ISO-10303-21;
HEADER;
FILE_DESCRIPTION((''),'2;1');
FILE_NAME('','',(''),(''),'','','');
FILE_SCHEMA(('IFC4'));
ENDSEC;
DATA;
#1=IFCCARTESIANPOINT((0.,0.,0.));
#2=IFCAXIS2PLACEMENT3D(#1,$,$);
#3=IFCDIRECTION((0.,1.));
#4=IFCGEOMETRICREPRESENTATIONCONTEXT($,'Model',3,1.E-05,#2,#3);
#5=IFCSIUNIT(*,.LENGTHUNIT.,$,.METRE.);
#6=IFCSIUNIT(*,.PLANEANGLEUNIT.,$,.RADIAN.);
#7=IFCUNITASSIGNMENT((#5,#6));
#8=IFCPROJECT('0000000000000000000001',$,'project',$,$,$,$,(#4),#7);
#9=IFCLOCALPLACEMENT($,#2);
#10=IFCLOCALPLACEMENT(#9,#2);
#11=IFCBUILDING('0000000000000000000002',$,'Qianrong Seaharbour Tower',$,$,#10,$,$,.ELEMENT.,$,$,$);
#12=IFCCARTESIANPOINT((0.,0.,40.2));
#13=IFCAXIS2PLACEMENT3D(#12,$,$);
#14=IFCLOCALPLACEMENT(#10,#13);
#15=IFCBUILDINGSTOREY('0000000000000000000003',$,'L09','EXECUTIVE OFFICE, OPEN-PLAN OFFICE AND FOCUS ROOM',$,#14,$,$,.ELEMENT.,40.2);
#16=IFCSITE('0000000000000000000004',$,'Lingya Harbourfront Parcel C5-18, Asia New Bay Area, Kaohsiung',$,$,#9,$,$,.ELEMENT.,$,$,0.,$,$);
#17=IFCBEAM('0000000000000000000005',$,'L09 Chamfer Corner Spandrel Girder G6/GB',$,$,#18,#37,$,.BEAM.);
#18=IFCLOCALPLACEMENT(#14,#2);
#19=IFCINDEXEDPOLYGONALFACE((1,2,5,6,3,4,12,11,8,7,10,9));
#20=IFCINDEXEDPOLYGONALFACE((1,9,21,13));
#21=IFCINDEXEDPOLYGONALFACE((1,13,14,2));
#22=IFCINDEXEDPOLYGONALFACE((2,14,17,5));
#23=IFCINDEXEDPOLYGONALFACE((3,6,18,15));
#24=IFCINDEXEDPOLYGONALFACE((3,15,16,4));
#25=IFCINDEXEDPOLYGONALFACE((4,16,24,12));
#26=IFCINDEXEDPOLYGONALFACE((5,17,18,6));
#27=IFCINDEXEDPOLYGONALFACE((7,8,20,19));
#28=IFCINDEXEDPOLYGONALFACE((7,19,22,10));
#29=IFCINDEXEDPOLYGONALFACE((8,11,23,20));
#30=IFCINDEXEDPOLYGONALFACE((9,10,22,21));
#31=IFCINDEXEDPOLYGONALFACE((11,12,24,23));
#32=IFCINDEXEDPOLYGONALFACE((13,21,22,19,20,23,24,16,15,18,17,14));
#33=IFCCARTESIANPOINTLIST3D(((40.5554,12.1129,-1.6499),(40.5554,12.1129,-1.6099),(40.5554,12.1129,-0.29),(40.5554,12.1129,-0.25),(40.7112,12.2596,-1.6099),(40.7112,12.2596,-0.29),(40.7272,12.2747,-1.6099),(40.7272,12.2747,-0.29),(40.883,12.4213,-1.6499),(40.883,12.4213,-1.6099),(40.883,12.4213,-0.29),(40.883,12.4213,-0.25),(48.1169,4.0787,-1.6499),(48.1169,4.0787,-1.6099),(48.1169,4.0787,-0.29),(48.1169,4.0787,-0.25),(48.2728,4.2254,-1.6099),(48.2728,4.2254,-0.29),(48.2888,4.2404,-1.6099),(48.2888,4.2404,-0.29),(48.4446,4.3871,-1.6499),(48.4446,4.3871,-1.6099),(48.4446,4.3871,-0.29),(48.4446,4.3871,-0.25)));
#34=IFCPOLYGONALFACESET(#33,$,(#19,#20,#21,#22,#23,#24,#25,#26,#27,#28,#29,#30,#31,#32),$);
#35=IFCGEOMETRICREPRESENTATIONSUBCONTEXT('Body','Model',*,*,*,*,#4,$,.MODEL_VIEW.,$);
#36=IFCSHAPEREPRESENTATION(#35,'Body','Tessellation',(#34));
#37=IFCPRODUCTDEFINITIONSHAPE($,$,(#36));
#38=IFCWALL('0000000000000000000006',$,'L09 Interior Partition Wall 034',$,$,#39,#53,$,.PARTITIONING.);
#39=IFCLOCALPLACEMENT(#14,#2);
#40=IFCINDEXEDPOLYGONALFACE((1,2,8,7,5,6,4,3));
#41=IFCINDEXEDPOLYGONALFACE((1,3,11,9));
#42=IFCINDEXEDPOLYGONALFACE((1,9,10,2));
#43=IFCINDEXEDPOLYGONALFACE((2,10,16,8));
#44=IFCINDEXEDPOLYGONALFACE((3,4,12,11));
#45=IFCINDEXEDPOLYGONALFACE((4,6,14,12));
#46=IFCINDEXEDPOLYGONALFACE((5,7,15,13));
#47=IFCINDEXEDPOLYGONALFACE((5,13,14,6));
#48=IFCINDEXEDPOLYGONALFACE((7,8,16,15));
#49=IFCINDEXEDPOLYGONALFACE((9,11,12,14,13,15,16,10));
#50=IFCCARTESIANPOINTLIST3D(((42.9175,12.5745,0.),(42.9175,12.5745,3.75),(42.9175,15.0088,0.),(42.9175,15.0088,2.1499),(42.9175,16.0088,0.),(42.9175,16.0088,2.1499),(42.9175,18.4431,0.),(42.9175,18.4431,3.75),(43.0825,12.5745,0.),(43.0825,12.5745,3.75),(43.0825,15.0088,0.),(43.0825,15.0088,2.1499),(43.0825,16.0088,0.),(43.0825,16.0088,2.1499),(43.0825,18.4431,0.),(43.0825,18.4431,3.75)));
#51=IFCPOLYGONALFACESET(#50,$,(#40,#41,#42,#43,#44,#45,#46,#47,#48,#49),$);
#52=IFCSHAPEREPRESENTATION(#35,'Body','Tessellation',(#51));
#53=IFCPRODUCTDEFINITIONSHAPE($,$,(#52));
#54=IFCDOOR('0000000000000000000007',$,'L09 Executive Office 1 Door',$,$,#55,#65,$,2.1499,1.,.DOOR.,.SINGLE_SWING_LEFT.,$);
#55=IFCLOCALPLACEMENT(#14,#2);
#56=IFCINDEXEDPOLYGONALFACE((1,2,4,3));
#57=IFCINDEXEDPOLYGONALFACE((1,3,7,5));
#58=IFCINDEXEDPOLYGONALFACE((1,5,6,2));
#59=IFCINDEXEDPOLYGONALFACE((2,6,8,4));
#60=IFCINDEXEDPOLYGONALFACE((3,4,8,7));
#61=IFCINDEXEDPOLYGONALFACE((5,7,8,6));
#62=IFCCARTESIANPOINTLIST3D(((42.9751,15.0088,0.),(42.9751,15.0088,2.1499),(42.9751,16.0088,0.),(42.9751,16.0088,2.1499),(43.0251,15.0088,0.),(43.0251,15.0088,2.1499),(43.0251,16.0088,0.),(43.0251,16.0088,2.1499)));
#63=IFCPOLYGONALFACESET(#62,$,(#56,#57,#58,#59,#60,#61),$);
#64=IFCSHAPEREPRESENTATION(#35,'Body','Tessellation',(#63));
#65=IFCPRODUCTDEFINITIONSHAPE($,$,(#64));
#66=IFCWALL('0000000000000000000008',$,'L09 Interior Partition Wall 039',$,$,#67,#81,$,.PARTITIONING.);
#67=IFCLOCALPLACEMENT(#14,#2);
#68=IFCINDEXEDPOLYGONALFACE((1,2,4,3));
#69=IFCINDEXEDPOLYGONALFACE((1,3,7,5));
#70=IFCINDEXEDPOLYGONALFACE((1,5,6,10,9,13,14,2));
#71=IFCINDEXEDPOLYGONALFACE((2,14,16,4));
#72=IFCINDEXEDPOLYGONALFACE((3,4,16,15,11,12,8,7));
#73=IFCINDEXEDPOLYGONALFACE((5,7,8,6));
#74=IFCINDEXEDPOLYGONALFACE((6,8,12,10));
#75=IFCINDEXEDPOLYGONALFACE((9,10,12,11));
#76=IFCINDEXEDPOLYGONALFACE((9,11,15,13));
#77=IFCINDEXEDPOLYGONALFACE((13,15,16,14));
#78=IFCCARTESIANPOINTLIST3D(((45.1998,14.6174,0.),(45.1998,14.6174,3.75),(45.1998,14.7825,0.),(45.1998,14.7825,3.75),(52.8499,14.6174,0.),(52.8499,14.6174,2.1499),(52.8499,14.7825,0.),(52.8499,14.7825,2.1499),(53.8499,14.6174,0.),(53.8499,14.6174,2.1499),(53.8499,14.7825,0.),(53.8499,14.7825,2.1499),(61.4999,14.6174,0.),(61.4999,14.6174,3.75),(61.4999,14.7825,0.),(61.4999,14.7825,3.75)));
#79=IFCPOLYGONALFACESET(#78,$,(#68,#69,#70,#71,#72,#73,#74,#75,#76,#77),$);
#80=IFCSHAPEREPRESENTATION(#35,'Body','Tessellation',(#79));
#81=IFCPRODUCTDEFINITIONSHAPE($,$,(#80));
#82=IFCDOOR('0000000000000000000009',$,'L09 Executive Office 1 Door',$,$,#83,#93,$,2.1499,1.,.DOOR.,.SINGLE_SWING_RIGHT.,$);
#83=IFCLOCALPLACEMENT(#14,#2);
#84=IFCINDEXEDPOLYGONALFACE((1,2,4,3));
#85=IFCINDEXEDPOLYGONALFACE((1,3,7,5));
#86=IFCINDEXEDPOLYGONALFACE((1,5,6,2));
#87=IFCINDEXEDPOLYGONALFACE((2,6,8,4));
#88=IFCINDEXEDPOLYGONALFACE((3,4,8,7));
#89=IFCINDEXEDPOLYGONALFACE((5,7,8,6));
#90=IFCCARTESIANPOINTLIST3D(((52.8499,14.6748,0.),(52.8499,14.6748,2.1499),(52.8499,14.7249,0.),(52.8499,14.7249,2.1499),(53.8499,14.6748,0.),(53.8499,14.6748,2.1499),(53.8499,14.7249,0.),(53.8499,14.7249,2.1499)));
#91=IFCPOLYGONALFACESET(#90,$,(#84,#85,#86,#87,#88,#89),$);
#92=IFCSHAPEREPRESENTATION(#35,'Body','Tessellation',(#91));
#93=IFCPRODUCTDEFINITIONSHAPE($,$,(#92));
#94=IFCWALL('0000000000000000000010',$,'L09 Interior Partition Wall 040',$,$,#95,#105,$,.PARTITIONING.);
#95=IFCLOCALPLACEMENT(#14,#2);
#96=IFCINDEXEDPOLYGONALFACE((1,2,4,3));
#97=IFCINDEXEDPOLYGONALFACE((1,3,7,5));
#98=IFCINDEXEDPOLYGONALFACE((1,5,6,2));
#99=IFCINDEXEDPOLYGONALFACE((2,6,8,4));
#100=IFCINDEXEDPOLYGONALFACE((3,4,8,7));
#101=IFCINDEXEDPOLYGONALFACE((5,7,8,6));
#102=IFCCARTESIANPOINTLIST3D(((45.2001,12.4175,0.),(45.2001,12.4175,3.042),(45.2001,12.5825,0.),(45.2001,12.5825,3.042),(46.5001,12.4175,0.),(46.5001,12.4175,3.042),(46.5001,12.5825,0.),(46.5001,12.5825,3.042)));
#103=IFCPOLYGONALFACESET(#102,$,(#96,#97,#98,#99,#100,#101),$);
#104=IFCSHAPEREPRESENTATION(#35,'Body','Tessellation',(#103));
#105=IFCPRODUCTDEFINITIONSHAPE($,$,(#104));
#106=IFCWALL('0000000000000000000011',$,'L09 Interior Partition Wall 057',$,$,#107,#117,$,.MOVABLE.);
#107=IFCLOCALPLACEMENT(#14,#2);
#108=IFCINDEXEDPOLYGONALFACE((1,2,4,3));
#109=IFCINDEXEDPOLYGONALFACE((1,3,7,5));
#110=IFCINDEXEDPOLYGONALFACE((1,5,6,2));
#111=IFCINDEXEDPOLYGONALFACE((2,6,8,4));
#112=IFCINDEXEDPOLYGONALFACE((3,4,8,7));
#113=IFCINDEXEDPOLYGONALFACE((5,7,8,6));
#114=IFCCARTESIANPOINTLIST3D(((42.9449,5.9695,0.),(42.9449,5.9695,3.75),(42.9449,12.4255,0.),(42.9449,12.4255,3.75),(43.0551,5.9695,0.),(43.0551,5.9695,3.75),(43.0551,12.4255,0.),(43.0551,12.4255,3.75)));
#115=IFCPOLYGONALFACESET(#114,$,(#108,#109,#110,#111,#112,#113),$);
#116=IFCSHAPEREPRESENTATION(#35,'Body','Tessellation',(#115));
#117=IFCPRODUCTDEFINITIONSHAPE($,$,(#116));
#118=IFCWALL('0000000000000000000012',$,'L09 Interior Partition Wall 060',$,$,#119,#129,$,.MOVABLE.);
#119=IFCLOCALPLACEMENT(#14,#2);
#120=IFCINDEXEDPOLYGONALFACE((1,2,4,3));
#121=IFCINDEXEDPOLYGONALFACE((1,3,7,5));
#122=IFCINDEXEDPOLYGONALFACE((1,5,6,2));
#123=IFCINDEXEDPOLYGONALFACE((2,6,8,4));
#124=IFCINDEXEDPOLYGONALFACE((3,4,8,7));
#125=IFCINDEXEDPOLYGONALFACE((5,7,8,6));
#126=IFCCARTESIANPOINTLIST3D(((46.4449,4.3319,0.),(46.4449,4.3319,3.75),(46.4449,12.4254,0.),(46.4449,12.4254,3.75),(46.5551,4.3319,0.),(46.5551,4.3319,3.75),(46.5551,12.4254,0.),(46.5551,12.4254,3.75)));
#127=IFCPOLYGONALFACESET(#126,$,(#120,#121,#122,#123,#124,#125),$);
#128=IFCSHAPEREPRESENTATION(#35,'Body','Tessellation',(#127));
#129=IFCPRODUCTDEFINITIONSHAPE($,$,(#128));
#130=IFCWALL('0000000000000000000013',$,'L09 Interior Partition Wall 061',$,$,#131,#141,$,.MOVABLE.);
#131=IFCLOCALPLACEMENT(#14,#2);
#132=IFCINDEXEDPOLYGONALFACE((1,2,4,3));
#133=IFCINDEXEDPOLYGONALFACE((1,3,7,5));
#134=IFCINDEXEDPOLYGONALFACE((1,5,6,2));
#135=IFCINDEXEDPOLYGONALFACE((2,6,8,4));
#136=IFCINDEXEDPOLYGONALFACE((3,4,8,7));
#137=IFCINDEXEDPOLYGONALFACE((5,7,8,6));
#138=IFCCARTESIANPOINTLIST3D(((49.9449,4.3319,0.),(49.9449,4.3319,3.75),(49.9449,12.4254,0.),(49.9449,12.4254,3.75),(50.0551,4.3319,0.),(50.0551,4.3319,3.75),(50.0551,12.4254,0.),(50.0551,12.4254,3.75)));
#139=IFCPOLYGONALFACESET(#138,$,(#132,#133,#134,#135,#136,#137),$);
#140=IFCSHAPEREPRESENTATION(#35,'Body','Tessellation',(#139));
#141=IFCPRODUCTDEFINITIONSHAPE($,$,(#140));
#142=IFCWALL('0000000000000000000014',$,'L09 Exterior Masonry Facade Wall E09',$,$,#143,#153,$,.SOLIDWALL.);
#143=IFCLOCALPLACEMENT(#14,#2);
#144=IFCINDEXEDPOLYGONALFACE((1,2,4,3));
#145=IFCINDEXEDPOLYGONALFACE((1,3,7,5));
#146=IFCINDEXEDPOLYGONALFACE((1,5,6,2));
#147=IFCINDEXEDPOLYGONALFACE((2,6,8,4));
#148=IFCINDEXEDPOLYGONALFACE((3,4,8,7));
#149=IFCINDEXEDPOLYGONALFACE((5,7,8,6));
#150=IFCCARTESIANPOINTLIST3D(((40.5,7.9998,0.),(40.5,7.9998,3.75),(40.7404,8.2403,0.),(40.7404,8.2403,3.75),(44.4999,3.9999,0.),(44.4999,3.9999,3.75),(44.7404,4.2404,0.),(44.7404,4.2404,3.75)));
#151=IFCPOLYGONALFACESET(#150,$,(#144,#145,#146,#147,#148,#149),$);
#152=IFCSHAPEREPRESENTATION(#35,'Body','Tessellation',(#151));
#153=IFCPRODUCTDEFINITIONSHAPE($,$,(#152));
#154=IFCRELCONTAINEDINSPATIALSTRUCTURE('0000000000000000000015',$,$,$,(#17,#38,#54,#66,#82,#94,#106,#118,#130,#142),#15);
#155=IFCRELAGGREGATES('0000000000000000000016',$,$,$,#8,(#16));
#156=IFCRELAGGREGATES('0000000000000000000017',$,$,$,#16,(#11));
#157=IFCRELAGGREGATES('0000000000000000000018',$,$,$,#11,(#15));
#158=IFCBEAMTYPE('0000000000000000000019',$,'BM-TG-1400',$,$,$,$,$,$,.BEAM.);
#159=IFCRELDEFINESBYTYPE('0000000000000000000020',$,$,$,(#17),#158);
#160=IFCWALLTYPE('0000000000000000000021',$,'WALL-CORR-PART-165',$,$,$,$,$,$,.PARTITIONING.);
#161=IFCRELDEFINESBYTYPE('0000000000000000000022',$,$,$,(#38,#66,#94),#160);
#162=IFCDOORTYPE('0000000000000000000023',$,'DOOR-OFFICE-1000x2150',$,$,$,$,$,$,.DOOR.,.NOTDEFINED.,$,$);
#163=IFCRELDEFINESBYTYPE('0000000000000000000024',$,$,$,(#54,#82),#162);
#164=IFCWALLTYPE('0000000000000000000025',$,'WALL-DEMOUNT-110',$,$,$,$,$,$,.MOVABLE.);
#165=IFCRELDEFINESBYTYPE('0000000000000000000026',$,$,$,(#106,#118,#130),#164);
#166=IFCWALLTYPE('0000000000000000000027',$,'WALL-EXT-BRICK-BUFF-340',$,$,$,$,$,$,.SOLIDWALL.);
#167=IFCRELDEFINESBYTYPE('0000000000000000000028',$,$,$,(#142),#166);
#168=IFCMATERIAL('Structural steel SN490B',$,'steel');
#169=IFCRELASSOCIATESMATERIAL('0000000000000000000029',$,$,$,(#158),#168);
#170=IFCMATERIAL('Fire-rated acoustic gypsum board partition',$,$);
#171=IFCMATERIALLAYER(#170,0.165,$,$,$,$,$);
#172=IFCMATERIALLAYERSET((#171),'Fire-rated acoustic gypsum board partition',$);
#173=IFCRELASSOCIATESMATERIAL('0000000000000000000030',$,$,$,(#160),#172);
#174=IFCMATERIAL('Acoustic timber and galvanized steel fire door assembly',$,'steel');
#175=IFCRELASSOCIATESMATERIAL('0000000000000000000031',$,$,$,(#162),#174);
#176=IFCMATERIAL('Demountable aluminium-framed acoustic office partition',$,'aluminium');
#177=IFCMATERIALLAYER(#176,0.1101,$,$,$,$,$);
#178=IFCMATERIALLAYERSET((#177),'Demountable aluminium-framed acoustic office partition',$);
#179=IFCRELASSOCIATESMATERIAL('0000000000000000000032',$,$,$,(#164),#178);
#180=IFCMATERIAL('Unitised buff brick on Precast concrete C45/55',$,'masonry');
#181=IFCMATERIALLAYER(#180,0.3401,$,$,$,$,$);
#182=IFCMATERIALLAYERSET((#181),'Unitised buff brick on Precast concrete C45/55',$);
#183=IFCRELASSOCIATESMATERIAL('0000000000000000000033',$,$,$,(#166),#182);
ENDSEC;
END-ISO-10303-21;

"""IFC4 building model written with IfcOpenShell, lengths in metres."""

from ifc_helpers import new_model, si_unit, direction, frame, frame_2d, origin, origin_2d, place, context, subcontext, project, spatial, rectangle, i_section, extrude, material, layer, layer_set, material_profile, profile_set, type_object, element, fill, save


model = new_model("IFC4")

# Units and contexts
model_context = context("Model", 3, precision=1e-05, world=origin(), true_north=direction((0.0, 1.0)))
body_context = subcontext(model_context, "Body", "Model", "MODEL_VIEW")
ifc_project = project(units=[si_unit("LENGTHUNIT", "METRE"), si_unit("PLANEANGLEUNIT", "RADIAN")], contexts=[model_context])

# Site, building, storey
site_placement = place(None, origin())
site = spatial("IfcSite", under=ifc_project, at=site_placement, Name="Lingya Harbourfront Parcel C5-18, Asia New Bay Area, Kaohsiung", CompositionType="ELEMENT", RefElevation=0.0)
building_placement = place(site_placement, origin())
building = spatial("IfcBuilding", under=site, at=building_placement, Name="Qianrong Seaharbour Tower", CompositionType="ELEMENT")
storey_placement = place(building_placement, frame((0.0, 0.0, 40.2)))
storey = spatial("IfcBuildingStorey", under=building, at=storey_placement, Name="L09", Description="EXECUTIVE OFFICE, OPEN-PLAN OFFICE AND FOCUS ROOM", CompositionType="ELEMENT", Elevation=40.2)

# Shared definitions
ifc_material_1 = material(Name="Structural steel SN490B", Category="steel")

# Beam
ifc_material_profile_1 = material_profile(ifc_material_1, i_section(OverallWidth=0.45, OverallDepth=1.3999, WebThickness=0.022, FlangeThickness=0.04, at=origin_2d()), Name="BH1400x450x22x40")
ifc_profile_set_1 = profile_set([ifc_material_profile_1], Name="Structural steel SN490B")
beam_type_1 = type_object("IfcBeamType", Name="BM-TG-1400", PredefinedType="BEAM", material=ifc_profile_set_1)
beam_1_placement = place(storey_placement, frame((48.2808, 4.2329, -0.95), z_axis=(-0.685362, 0.728203, 0.0), x_axis=(-0.728203, -0.685362, 0.0)))
element("IfcBeam", 1, at=beam_1_placement, inside=storey, type_object=beam_type_1, Name="L09 Chamfer Corner Spandrel Girder G6/GB", PredefinedType="BEAM", context=body_context, shape_type="SweptSolid", body=[
    extrude(i_section(OverallWidth=0.45, OverallDepth=1.3999, WebThickness=0.022, FlangeThickness=0.04, at=origin_2d()), origin(), (0.0, 0.0, 1.0), 11.033),
])

# Walls, openings, doors
ifc_material_2 = material(Name="Fire-rated acoustic gypsum board partition")
ifc_layer_1 = layer(ifc_material_2, 0.165)
ifc_layer_set_1 = layer_set([ifc_layer_1], Name="Fire-rated acoustic gypsum board partition")
wall_type_1 = type_object("IfcWallType", Name="WALL-CORR-PART-165", PredefinedType="PARTITIONING", material=ifc_layer_set_1)
wall_1_placement = place(storey_placement, frame((43.0, 12.5745, 0.0), z_axis=(0.0, 0.0, 1.0), x_axis=(0.0, 1.0, 0.0)))
wall_1 = element("IfcWall", 2, at=wall_1_placement, inside=storey, type_object=wall_type_1, Name="L09 Interior Partition Wall 034", PredefinedType="PARTITIONING", context=body_context, shape_type="SweptSolid", body=[
    extrude(rectangle(XDim=5.8687, YDim=0.165, at=frame_2d((2.9343, 0.0))), origin(), (0.0, 0.0, 1.0), 3.75),
])
opening_1_placement = place(wall_1_placement, frame((2.4343, 0.0, 0.0)))
opening_1 = element("IfcOpeningElement", 3, at=opening_1_placement, cuts=wall_1, PredefinedType="OPENING", context=body_context, shape_type="SweptSolid", body=[
    extrude(rectangle(XDim=1.0, YDim=2.1499, at=frame_2d((0.5, 1.075))), frame((0.0, 0.0925, 0.0), z_axis=(0.0, -1.0, 0.0), x_axis=(1.0, 0.0, 0.0)), (0.0, 0.0, 1.0), 0.1851),
])
ifc_material_3 = material(Name="Acoustic timber and galvanized steel fire door assembly", Category="steel")
door_type = type_object("IfcDoorType", Name="DOOR-OFFICE-1000x2150", OperationType="NOTDEFINED", PredefinedType="DOOR", material=ifc_material_3)
door_1_placement = place(opening_1_placement, origin())
door_1 = element("IfcDoor", 4, at=door_1_placement, inside=storey, type_object=door_type, Name="L09 Executive Office 1 Door", OperationType="SINGLE_SWING_LEFT", OverallHeight=2.1499, OverallWidth=1.0, PredefinedType="DOOR", context=body_context, shape_type="SweptSolid", body=[
    extrude(rectangle(XDim=1.0, YDim=2.1499, at=frame_2d((0.5, 1.075))), frame((0.0, 0.0249, 0.0), z_axis=(0.0, -1.0, 0.0), x_axis=(1.0, 0.0, 0.0)), (0.0, 0.0, 1.0), 0.05),
])
fill(opening_1, door_1)
wall_2_placement = place(storey_placement, frame((45.2, 14.7, 0.0), z_axis=(0.0, 0.0, 1.0), x_axis=(1.0, 0.0, 0.0)))
wall_2 = element("IfcWall", 5, at=wall_2_placement, inside=storey, type_object=wall_type_1, Name="L09 Interior Partition Wall 039", PredefinedType="PARTITIONING", context=body_context, shape_type="SweptSolid", body=[
    extrude(rectangle(XDim=16.3, YDim=0.165, at=frame_2d((8.1499, 0.0))), origin(), (0.0, 0.0, 1.0), 3.75),
])
opening_2_placement = place(wall_2_placement, frame((7.6499, 0.0, 0.0)))
opening_2 = element("IfcOpeningElement", 6, at=opening_2_placement, cuts=wall_2, PredefinedType="OPENING", context=body_context, shape_type="SweptSolid", body=[
    extrude(rectangle(XDim=1.0, YDim=2.1499, at=frame_2d((0.5, 1.075))), frame((0.0, 0.0925, 0.0), z_axis=(0.0, -1.0, 0.0), x_axis=(1.0, 0.0, 0.0)), (0.0, 0.0, 1.0), 0.1851),
])
door_2_placement = place(opening_2_placement, origin())
door_2 = element("IfcDoor", 7, at=door_2_placement, inside=storey, type_object=door_type, Name="L09 Executive Office 1 Door", OperationType="SINGLE_SWING_RIGHT", OverallHeight=2.1499, OverallWidth=1.0, PredefinedType="DOOR", context=body_context, shape_type="SweptSolid", body=[
    extrude(rectangle(XDim=1.0, YDim=2.1499, at=frame_2d((0.5, 1.075))), frame((0.0, 0.0249, 0.0), z_axis=(0.0, -1.0, 0.0), x_axis=(1.0, 0.0, 0.0)), (0.0, 0.0, 1.0), 0.05),
])
fill(opening_2, door_2)

# Walls
wall_3_placement = place(storey_placement, frame((46.5, 12.5, 0.0), z_axis=(0.0, 0.0, 1.0), x_axis=(-1.0, 0.0, 0.0)))
element("IfcWall", 8, at=wall_3_placement, inside=storey, type_object=wall_type_1, Name="L09 Interior Partition Wall 040", PredefinedType="PARTITIONING", context=body_context, shape_type="SweptSolid", body=[
    extrude(rectangle(XDim=1.3, YDim=0.165, at=frame_2d((0.6499, 0.0))), origin(), (0.0, 0.0, 1.0), 3.042),
])
ifc_material_4 = material(Name="Demountable aluminium-framed acoustic office partition", Category="aluminium")
ifc_layer_2 = layer(ifc_material_4, 0.1101)
ifc_layer_set_2 = layer_set([ifc_layer_2], Name="Demountable aluminium-framed acoustic office partition")
wall_type_2 = type_object("IfcWallType", Name="WALL-DEMOUNT-110", PredefinedType="MOVABLE", material=ifc_layer_set_2)
wall_4_placement = place(storey_placement, frame((43.0, 12.4255, 0.0), z_axis=(0.0, 0.0, 1.0), x_axis=(0.0, -1.0, 0.0)))
element("IfcWall", 9, at=wall_4_placement, inside=storey, type_object=wall_type_2, Name="L09 Interior Partition Wall 057", PredefinedType="MOVABLE", context=body_context, shape_type="SweptSolid", body=[
    extrude(rectangle(XDim=6.4561, YDim=0.1101, at=frame_2d((3.228, 0.0))), origin(), (0.0, 0.0, 1.0), 3.75),
])
for number, where, z_axis, x_axis, name in (
    (10, (46.5, 12.4255, 0.0), (0.0, 0.0, 1.0), (0.0, -1.0, 0.0), "L09 Interior Partition Wall 060"),
    (11, (50.0, 12.4255, 0.0), (0.0, 0.0, 1.0), (0.0, -1.0, 0.0), "L09 Interior Partition Wall 061"),
):
    element("IfcWall", number, at=place(storey_placement, frame(where, z_axis=z_axis, x_axis=x_axis)), inside=storey, type_object=wall_type_2, Name=name, PredefinedType="MOVABLE", context=body_context, shape_type="SweptSolid", body=[
        extrude(rectangle(XDim=8.0935, YDim=0.1101, at=frame_2d((4.0469, 0.0))), origin(), (0.0, 0.0, 1.0), 3.75),
    ])
ifc_material_5 = material(Name="Unitised buff brick on Precast concrete C45/55", Category="masonry")
ifc_layer_3 = layer(ifc_material_5, 0.3401)
ifc_layer_set_3 = layer_set([ifc_layer_3], Name="Unitised buff brick on Precast concrete C45/55")
wall_type_3 = type_object("IfcWallType", Name="WALL-EXT-BRICK-BUFF-340", PredefinedType="SOLIDWALL", material=ifc_layer_set_3)
wall_5_placement = place(storey_placement, frame((44.6201, 4.1201, 0.0), z_axis=(0.0, 0.0, 1.0), x_axis=(-0.707107, 0.707107, 0.0)))
element("IfcWall", 12, at=wall_5_placement, inside=storey, type_object=wall_type_3, Name="L09 Exterior Masonry Facade Wall E09", PredefinedType="SOLIDWALL", context=body_context, shape_type="SweptSolid", body=[
    extrude(rectangle(XDim=5.6567, YDim=0.3401, at=frame_2d((2.8284, 0.0))), origin(), (0.0, 0.0, 1.0), 3.75),
])

save(model, "model.ifc")
